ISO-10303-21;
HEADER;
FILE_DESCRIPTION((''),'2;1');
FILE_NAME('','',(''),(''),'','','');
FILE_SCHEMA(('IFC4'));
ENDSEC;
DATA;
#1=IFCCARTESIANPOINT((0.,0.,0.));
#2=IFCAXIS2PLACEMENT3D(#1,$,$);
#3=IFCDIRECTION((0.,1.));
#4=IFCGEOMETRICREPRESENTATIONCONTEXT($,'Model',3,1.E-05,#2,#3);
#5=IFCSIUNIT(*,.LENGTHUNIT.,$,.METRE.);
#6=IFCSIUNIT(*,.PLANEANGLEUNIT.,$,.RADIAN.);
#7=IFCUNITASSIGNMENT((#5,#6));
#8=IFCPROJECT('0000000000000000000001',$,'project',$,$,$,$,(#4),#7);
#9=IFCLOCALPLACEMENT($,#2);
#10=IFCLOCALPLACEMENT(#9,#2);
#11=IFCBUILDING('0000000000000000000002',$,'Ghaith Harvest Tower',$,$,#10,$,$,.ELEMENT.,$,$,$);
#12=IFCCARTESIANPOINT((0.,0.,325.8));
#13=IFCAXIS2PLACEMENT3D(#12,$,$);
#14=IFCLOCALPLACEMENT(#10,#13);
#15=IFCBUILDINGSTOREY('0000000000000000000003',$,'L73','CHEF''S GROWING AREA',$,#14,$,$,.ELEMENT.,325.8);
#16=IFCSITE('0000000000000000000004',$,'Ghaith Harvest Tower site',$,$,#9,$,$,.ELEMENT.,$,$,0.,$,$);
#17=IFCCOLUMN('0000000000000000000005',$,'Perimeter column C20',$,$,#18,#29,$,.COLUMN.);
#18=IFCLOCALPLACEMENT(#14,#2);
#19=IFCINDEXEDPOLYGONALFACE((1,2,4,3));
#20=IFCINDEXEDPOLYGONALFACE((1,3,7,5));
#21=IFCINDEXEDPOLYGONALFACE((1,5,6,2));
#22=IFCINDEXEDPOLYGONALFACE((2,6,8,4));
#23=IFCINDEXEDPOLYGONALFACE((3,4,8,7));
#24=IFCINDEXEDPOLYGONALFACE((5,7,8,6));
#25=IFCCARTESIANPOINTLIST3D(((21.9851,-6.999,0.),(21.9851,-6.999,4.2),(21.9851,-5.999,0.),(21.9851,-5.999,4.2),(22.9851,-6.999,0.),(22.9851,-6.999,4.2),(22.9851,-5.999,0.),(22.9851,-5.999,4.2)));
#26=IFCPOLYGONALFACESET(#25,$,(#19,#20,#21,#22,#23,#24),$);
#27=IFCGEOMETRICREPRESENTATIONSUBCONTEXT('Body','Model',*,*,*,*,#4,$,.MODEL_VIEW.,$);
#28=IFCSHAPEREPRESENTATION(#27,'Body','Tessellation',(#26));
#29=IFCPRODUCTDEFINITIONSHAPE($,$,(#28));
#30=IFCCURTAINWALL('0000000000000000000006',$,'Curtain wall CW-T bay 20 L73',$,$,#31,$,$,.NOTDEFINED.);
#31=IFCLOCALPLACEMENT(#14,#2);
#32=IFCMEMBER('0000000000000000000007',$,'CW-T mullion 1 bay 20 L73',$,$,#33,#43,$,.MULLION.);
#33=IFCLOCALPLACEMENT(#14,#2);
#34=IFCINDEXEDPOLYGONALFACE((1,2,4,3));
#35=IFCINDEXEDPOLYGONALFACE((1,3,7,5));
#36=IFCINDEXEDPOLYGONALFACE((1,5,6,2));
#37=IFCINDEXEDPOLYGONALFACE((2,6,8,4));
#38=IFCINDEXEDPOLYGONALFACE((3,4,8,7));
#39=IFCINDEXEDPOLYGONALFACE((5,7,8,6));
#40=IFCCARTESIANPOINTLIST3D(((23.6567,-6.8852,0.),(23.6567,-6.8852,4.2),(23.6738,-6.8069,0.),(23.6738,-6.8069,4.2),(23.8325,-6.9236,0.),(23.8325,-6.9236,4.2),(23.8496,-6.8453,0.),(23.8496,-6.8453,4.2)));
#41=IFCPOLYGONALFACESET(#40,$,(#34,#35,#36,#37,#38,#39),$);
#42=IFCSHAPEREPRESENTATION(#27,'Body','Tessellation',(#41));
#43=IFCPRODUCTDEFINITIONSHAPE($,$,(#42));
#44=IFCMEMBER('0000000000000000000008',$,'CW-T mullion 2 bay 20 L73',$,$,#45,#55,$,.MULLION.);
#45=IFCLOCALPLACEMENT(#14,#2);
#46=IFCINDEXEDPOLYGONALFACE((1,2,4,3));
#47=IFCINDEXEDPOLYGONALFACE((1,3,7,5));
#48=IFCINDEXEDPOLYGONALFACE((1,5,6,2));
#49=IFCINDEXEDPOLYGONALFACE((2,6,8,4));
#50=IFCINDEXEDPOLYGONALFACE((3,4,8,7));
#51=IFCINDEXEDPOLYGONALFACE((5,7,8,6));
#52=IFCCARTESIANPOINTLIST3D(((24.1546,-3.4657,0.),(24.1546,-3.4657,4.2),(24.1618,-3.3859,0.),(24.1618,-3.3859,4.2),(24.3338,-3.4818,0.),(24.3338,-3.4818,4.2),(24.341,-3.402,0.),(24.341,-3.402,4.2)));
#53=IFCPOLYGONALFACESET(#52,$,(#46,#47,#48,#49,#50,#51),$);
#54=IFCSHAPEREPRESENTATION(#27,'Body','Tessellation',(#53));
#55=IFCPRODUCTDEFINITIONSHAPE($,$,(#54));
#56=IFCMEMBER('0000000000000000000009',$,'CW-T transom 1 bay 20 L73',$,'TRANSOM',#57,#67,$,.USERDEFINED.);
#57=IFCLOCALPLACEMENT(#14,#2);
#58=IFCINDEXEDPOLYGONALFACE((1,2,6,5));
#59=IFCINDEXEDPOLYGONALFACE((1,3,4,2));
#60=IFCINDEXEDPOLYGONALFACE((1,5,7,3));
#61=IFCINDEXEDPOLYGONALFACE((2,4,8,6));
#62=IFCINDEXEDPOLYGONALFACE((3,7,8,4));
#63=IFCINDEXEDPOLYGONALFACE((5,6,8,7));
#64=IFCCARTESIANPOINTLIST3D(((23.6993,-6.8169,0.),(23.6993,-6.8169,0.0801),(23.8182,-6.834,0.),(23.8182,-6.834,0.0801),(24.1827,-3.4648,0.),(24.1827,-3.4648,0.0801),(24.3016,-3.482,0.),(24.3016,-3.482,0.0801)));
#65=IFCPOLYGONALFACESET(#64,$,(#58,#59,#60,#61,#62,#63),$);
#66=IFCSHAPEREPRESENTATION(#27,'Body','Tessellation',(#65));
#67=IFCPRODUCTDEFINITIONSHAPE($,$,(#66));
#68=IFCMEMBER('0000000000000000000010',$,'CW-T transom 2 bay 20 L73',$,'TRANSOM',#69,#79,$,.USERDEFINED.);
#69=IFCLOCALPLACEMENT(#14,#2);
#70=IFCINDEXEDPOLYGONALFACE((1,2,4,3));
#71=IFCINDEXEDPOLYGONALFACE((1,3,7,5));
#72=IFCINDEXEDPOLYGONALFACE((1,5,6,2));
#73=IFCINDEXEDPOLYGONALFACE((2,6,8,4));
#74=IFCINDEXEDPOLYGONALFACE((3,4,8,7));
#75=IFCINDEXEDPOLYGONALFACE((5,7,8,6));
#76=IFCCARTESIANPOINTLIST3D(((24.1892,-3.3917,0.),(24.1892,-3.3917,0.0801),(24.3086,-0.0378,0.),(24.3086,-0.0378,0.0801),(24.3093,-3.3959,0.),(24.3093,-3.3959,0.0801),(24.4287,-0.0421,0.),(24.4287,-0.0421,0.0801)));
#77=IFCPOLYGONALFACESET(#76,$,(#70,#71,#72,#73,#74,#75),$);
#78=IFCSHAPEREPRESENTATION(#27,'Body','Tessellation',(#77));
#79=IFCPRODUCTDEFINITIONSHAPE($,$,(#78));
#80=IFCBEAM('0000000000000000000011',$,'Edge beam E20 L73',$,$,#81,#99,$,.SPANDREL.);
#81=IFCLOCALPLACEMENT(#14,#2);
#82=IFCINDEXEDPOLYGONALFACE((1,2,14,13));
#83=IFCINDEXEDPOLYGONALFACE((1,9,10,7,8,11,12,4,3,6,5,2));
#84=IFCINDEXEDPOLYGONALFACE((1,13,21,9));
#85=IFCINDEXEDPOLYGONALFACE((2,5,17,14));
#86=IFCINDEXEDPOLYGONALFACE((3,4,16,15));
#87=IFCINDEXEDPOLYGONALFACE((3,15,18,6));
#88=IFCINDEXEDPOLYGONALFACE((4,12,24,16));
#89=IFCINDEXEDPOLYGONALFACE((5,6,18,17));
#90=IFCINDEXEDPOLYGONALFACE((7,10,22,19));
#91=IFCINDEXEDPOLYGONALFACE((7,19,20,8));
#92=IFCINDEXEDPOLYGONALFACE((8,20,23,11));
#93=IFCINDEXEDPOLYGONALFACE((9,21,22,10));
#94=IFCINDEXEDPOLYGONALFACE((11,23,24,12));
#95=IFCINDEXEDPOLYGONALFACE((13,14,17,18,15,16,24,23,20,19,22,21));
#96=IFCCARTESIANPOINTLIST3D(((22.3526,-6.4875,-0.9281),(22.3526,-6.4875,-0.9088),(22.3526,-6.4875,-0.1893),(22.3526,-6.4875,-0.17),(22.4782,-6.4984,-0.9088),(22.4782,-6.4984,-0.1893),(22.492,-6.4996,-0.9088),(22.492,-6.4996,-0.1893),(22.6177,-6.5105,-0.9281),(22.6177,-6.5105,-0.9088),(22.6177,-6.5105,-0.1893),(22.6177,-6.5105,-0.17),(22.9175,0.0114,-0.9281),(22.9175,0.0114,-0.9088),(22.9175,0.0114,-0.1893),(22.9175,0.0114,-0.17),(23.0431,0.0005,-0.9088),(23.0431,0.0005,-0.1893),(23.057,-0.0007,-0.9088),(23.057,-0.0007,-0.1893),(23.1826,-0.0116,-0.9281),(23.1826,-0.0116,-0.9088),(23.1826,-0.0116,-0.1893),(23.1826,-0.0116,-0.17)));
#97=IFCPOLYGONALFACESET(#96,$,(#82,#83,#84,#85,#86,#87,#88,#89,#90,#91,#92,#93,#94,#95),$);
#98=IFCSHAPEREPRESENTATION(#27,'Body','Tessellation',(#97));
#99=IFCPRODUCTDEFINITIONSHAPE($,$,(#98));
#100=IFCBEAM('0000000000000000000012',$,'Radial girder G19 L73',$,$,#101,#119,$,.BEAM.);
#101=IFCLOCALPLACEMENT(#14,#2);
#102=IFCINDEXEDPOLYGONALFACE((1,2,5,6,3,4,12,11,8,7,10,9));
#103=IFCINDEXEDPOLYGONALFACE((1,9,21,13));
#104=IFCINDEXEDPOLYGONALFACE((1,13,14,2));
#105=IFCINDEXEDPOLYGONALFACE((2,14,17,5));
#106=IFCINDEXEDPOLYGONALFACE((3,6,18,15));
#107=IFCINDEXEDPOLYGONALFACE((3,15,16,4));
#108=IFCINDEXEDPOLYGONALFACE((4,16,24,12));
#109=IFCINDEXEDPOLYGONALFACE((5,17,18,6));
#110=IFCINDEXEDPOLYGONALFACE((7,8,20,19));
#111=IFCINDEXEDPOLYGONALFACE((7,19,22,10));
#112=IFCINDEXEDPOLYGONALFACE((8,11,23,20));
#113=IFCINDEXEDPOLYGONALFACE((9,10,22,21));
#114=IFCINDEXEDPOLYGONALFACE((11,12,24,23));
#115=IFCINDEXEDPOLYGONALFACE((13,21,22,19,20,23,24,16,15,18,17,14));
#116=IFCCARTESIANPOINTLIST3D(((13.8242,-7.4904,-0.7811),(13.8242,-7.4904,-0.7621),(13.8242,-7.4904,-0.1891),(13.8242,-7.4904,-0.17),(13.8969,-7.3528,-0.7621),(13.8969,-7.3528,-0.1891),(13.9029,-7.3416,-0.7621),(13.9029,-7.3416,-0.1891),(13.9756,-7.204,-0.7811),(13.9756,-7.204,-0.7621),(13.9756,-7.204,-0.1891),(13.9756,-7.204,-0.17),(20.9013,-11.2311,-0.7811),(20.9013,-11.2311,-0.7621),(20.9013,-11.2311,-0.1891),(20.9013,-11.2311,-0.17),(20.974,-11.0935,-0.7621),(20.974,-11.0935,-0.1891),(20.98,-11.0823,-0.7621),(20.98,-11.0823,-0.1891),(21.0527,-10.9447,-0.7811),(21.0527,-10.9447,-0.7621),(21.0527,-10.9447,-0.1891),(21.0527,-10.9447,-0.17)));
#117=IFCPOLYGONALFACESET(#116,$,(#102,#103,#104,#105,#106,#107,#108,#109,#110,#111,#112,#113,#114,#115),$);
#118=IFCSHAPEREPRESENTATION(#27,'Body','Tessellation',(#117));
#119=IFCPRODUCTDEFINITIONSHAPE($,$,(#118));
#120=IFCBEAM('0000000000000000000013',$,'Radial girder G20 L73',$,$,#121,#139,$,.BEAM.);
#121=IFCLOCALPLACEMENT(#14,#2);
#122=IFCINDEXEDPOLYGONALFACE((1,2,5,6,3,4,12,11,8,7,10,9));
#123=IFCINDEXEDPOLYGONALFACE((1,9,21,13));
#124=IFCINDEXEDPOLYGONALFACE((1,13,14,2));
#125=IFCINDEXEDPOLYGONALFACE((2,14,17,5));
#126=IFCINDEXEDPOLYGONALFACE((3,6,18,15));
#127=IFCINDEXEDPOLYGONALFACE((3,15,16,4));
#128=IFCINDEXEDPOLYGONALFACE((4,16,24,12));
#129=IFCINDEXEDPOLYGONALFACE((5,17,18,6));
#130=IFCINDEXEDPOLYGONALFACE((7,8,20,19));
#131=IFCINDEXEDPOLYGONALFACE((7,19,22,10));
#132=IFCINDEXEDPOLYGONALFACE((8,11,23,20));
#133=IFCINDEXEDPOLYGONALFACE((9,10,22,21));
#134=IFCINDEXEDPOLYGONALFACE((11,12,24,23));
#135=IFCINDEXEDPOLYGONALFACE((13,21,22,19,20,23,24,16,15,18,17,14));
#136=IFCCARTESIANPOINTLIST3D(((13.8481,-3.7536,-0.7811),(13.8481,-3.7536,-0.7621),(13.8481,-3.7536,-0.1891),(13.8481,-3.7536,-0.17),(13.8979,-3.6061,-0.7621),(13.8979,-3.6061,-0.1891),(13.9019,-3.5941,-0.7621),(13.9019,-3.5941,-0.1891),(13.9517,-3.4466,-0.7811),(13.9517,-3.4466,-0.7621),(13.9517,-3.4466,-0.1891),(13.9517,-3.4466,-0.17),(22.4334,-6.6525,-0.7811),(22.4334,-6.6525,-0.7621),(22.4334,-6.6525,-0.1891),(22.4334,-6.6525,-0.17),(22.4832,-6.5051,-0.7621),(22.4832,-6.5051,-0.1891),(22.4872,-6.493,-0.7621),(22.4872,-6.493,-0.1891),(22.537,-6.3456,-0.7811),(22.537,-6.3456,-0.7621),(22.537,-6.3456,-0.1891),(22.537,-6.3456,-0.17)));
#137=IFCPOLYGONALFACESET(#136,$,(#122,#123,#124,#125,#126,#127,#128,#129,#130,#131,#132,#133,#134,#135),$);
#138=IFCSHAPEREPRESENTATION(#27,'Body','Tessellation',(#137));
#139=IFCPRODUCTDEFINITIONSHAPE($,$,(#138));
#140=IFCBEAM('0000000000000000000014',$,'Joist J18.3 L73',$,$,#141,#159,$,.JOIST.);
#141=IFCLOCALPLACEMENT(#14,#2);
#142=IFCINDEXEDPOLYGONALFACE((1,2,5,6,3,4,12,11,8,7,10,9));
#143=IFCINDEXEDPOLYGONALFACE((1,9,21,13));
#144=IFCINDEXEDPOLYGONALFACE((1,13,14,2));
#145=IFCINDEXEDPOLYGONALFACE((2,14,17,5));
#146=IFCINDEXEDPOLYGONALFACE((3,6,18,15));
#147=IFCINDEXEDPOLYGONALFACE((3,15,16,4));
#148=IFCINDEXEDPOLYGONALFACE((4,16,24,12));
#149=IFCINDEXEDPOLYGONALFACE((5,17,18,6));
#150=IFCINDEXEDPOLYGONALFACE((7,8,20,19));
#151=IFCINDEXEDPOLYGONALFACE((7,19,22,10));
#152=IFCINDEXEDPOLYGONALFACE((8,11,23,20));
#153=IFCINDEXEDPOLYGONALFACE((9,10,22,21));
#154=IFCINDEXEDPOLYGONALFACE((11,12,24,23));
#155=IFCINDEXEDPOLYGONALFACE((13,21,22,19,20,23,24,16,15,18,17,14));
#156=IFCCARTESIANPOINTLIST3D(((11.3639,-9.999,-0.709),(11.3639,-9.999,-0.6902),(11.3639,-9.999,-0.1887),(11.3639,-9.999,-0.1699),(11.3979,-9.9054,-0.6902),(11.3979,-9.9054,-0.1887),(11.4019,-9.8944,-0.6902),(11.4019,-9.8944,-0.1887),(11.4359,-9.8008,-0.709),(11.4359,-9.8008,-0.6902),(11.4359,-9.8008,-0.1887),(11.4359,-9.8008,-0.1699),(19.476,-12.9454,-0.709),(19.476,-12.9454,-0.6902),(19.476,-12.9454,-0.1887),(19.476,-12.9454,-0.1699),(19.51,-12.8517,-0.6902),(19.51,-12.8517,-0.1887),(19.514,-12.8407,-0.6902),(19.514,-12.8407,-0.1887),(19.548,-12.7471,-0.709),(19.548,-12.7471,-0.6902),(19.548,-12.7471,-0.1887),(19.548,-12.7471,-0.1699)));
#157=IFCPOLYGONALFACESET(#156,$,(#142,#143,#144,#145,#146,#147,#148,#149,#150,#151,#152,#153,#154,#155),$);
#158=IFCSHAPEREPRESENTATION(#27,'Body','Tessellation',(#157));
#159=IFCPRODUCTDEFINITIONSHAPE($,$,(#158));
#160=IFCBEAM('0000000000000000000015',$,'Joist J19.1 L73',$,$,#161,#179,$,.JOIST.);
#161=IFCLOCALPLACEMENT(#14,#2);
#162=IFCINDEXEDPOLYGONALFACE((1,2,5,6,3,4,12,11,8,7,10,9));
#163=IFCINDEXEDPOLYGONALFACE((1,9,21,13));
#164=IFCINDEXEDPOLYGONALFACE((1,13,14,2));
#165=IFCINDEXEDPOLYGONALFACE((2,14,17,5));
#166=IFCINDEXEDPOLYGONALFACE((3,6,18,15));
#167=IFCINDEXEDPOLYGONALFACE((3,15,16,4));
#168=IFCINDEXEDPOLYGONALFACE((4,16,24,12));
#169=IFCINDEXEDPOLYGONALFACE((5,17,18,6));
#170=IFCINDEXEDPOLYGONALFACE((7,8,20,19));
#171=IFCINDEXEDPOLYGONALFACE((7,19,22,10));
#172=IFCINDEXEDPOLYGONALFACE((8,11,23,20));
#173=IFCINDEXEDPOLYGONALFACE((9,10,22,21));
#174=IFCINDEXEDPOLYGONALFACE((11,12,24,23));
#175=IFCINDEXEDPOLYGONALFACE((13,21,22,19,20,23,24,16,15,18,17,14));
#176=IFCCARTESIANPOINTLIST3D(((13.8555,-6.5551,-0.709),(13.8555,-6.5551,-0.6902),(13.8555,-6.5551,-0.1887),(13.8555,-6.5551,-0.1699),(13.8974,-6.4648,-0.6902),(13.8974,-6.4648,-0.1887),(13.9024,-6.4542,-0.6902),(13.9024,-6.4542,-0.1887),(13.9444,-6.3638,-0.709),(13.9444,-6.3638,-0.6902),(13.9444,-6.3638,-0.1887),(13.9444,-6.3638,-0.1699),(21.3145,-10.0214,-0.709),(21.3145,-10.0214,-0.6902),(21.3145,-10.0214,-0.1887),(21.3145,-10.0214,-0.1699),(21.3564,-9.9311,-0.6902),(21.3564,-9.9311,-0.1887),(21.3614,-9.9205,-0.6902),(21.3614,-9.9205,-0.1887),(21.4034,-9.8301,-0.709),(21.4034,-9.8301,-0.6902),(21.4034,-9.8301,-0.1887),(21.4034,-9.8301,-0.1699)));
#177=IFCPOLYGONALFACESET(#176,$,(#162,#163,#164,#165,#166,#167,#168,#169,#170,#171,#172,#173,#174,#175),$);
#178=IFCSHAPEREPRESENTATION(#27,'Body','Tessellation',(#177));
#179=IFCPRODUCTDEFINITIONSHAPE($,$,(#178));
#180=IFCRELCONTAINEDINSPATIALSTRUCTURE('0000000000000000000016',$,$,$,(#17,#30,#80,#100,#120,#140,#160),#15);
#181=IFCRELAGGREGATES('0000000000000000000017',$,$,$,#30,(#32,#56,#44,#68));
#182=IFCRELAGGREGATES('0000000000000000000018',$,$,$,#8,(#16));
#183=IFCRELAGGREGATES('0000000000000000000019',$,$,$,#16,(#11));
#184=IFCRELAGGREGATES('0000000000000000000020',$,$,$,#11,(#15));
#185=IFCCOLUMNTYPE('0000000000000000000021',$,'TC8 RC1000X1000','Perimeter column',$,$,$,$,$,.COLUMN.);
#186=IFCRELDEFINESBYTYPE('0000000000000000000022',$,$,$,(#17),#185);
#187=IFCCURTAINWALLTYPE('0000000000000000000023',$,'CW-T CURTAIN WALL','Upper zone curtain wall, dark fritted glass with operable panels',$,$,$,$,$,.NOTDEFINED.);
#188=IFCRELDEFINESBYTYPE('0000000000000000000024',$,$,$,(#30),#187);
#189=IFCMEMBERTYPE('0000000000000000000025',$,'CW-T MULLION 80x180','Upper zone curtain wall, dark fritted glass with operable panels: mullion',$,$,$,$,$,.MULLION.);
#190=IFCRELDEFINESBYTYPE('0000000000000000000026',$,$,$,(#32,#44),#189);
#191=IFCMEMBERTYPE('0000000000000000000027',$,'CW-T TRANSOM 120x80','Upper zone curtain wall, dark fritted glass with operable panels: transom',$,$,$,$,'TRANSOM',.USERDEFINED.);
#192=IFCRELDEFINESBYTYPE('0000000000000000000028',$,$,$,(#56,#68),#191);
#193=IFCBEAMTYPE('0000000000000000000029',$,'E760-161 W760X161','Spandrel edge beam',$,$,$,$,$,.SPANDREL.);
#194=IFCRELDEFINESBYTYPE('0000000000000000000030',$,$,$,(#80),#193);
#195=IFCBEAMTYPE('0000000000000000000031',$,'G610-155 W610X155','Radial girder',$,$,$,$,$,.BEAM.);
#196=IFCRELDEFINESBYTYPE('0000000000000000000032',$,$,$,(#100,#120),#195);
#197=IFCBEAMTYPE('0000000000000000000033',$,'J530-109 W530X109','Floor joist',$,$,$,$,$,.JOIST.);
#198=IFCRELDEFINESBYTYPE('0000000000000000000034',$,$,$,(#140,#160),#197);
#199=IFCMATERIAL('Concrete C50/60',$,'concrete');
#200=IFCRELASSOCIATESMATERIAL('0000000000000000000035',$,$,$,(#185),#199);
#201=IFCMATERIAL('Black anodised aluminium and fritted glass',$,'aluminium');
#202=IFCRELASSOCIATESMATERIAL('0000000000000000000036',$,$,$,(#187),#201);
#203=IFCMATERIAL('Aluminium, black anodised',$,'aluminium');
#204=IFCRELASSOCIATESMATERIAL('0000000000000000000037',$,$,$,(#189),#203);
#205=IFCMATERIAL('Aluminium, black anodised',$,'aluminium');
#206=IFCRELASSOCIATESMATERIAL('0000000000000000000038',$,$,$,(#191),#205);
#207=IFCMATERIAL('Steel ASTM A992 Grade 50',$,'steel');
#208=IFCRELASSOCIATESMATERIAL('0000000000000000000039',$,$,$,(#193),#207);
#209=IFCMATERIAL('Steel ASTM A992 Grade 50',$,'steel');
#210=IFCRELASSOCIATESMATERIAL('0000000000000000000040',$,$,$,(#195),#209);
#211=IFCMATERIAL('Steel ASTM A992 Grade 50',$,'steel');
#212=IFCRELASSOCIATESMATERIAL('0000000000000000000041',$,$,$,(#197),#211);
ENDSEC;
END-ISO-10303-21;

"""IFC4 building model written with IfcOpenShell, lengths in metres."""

from ifc_helpers import new_model, si_unit, direction, frame, origin, origin_2d, place, context, subcontext, project, spatial, rectangle, i_section, extrude, material, material_profile, profile_set, type_object, element, aggregate, save


model = new_model("IFC4")

# Units and contexts
model_context = context("Model", 3, precision=1e-05, world=origin(), true_north=direction((0.0, 1.0)))
body_context = subcontext(model_context, "Body", "Model", "MODEL_VIEW")
ifc_project = project(units=[si_unit("LENGTHUNIT", "METRE"), si_unit("PLANEANGLEUNIT", "RADIAN")], contexts=[model_context])

# Site, building, storey
site_placement = place(None, origin())
site = spatial("IfcSite", under=ifc_project, at=site_placement, Name="Ghaith Harvest Tower site", CompositionType="ELEMENT", RefElevation=0.0)
building_placement = place(site_placement, origin())
building = spatial("IfcBuilding", under=site, at=building_placement, Name="Ghaith Harvest Tower", CompositionType="ELEMENT")
storey_placement = place(building_placement, frame((0.0, 0.0, 325.8)))
storey = spatial("IfcBuildingStorey", under=building, at=storey_placement, Name="L73", Description="CHEF'S GROWING AREA", CompositionType="ELEMENT", Elevation=325.8)

# Column
ifc_material_1 = material(Name="Concrete C50/60", Category="concrete")
ifc_material_profile_1 = material_profile(ifc_material_1, rectangle(XDim=1.0, YDim=1.0, at=origin_2d()), Name="RC1000X1000")
ifc_profile_set_1 = profile_set([ifc_material_profile_1], Name="Concrete C50/60")
column_type = type_object("IfcColumnType", Name="TC8 RC1000X1000", Description="Perimeter column", PredefinedType="COLUMN", material=ifc_profile_set_1)
column_placement = place(storey_placement, frame((22.4851, -6.499, 0.0), z_axis=(0.0, 0.0, 1.0), x_axis=(1.0, 0.0, 0.0)))
element("IfcColumn", 1, at=column_placement, inside=storey, type_object=column_type, Name="Perimeter column C20", PredefinedType="COLUMN", context=body_context, shape_type="SweptSolid", body=[
    extrude(rectangle(XDim=1.0, YDim=1.0, at=origin_2d()), origin(), (0.0, 0.0, 1.0), 4.2),
])

# Curtain wall, members
ifc_material_2 = material(Name="Black anodised aluminium and fritted glass", Category="aluminium")
curtain_wall_type = type_object("IfcCurtainWallType", Name="CW-T CURTAIN WALL", Description="Upper zone curtain wall, dark fritted glass with operable panels", PredefinedType="NOTDEFINED", material=ifc_material_2)
curtain_wall_1_placement = place(storey_placement, origin())
curtain_wall_1 = element("IfcCurtainWall", 2, at=curtain_wall_1_placement, inside=storey, type_object=curtain_wall_type, Name="Curtain wall CW-T bay 20 L73", PredefinedType="NOTDEFINED")
ifc_material_3 = material(Name="Aluminium, black anodised", Category="aluminium")
ifc_material_profile_2 = material_profile(ifc_material_3, rectangle(XDim=0.0801, YDim=0.1799, at=origin_2d()), Name="CW-T MULLION 80x180")
ifc_profile_set_2 = profile_set([ifc_material_profile_2], Name="Aluminium, black anodised")
member_type_1 = type_object("IfcMemberType", Name="CW-T MULLION 80x180", Description="Upper zone curtain wall, dark fritted glass with operable panels: mullion", PredefinedType="MULLION", material=ifc_profile_set_2)
member_1_placement = place(storey_placement, frame((23.7532, -6.8652, 0.0), z_axis=(0.0, 0.0, 1.0), x_axis=(0.213402, 0.976964, 0.0)))
member_1 = element("IfcMember", 3, at=member_1_placement, type_object=member_type_1, Name="CW-T mullion 1 bay 20 L73", PredefinedType="MULLION", context=body_context, shape_type="SweptSolid", body=[
    extrude(rectangle(XDim=0.0801, YDim=0.1799, at=origin_2d()), origin(), (0.0, 0.0, 1.0), 4.2),
])
member_2_placement = place(storey_placement, frame((24.2478, -3.4338, 0.0), z_axis=(0.0, 0.0, 1.0), x_axis=(0.089502, 0.995987, 0.0)))
member_2 = element("IfcMember", 4, at=member_2_placement, type_object=member_type_1, Name="CW-T mullion 2 bay 20 L73", PredefinedType="MULLION", context=body_context, shape_type="SweptSolid", body=[
    extrude(rectangle(XDim=0.0801, YDim=0.1799, at=origin_2d()), origin(), (0.0, 0.0, 1.0), 4.2),
])
ifc_material_4 = material(Name="Aluminium, black anodised", Category="aluminium")
ifc_material_profile_3 = material_profile(ifc_material_4, rectangle(XDim=0.1201, YDim=0.0801, at=origin_2d()), Name="CW-T TRANSOM 120x80")
ifc_profile_set_3 = profile_set([ifc_material_profile_3], Name="Aluminium, black anodised")
member_type_2 = type_object("IfcMemberType", Name="CW-T TRANSOM 120x80", Description="Upper zone curtain wall, dark fritted glass with operable panels: transom", ElementType="TRANSOM", PredefinedType="USERDEFINED", material=ifc_profile_set_3)
member_3_placement = place(storey_placement, frame((23.7588, -6.8254, 0.04), z_axis=(0.142733, 0.989761, 0.0), x_axis=(-0.989761, 0.142733, 0.0)))
member_3 = element("IfcMember", 5, at=member_3_placement, type_object=member_type_2, Name="CW-T transom 1 bay 20 L73", ObjectType="TRANSOM", PredefinedType="USERDEFINED", context=body_context, shape_type="SweptSolid", body=[
    extrude(rectangle(XDim=0.1201, YDim=0.0801, at=origin_2d()), origin(), (0.0, 0.0, 1.0), 3.3867),
])
member_4_placement = place(storey_placement, frame((24.2493, -3.3938, 0.04), z_axis=(0.035575, 0.999367, 0.0), x_axis=(-0.999367, 0.035575, 0.0)))
member_4 = element("IfcMember", 6, at=member_4_placement, type_object=member_type_2, Name="CW-T transom 2 bay 20 L73", ObjectType="TRANSOM", PredefinedType="USERDEFINED", context=body_context, shape_type="SweptSolid", body=[
    extrude(rectangle(XDim=0.1201, YDim=0.0801, at=origin_2d()), origin(), (0.0, 0.0, 1.0), 3.356),
])

# Beams
ifc_material_5 = material(Name="Steel ASTM A992 Grade 50", Category="steel")
ifc_material_profile_4 = material_profile(ifc_material_5, i_section(OverallWidth=0.2661, OverallDepth=0.7581, WebThickness=0.0139, FlangeThickness=0.0193, at=origin_2d()), Name="W760X161")
ifc_profile_set_4 = profile_set([ifc_material_profile_4], Name="Steel ASTM A992 Grade 50")
beam_type_1 = type_object("IfcBeamType", Name="E760-161 W760X161", Description="Spandrel edge beam", PredefinedType="SPANDREL", material=ifc_profile_set_4)
beam_1_placement = place(storey_placement, frame((22.4851, -6.499, -0.5491), z_axis=(0.086601, 0.996243, 0.0), x_axis=(-0.996243, 0.086601, 0.0)))
element("IfcBeam", 7, at=beam_1_placement, inside=storey, type_object=beam_type_1, Name="Edge beam E20 L73", PredefinedType="SPANDREL", context=body_context, shape_type="SweptSolid", body=[
    extrude(i_section(OverallWidth=0.2661, OverallDepth=0.7581, WebThickness=0.0139, FlangeThickness=0.0193, at=origin_2d()), origin(), (0.0, 0.0, 1.0), 6.5234),
])
ifc_material_6 = material(Name="Steel ASTM A992 Grade 50", Category="steel")
ifc_material_profile_5 = material_profile(ifc_material_6, i_section(OverallWidth=0.324, OverallDepth=0.6111, WebThickness=0.0127, FlangeThickness=0.019, at=origin_2d()), Name="W610X155")
ifc_profile_set_5 = profile_set([ifc_material_profile_5], Name="Steel ASTM A992 Grade 50")
beam_type_2 = type_object("IfcBeamType", Name="G610-155 W610X155", Description="Radial girder", PredefinedType="BEAM", material=ifc_profile_set_5)
beam_2_placement = place(storey_placement, frame((13.8999, -7.3472, -0.4756), z_axis=(0.884098, -0.467302, 0.0), x_axis=(0.467302, 0.884098, 0.0)))
element("IfcBeam", 8, at=beam_2_placement, inside=storey, type_object=beam_type_2, Name="Radial girder G19 L73", PredefinedType="BEAM", context=body_context, shape_type="SweptSolid", body=[
    extrude(i_section(OverallWidth=0.324, OverallDepth=0.6111, WebThickness=0.0127, FlangeThickness=0.019, at=origin_2d()), origin(), (0.0, 0.0, 1.0), 8.0049),
])
beam_3_placement = place(storey_placement, frame((13.8999, -3.6001, -0.4756), z_axis=(0.947445, -0.319919, 0.0), x_axis=(0.319919, 0.947445, 0.0)))
element("IfcBeam", 9, at=beam_3_placement, inside=storey, type_object=beam_type_2, Name="Radial girder G20 L73", PredefinedType="BEAM", context=body_context, shape_type="SweptSolid", body=[
    extrude(i_section(OverallWidth=0.324, OverallDepth=0.6111, WebThickness=0.0127, FlangeThickness=0.019, at=origin_2d()), origin(), (0.0, 0.0, 1.0), 9.0615),
])
ifc_material_7 = material(Name="Steel ASTM A992 Grade 50", Category="steel")
ifc_material_profile_6 = material_profile(ifc_material_7, i_section(OverallWidth=0.2109, OverallDepth=0.5391, WebThickness=0.0117, FlangeThickness=0.0188, at=origin_2d()), Name="W530X109")
ifc_profile_set_6 = profile_set([ifc_material_profile_6], Name="Steel ASTM A992 Grade 50")
beam_type_3 = type_object("IfcBeamType", Name="J530-109 W530X109", Description="Floor joist", PredefinedType="JOIST", material=ifc_profile_set_6)
beam_4_placement = place(storey_placement, frame((11.3999, -9.8999, -0.4395), z_axis=(0.939926, -0.34138, 0.0), x_axis=(0.34138, 0.939926, 0.0)))
element("IfcBeam", 10, at=beam_4_placement, inside=storey, type_object=beam_type_3, Name="Joist J18.3 L73", PredefinedType="JOIST", context=body_context, shape_type="SweptSolid", body=[
    extrude(i_section(OverallWidth=0.2109, OverallDepth=0.5391, WebThickness=0.0117, FlangeThickness=0.0188, at=origin_2d()), origin(), (0.0, 0.0, 1.0), 8.6306),
])
beam_5_placement = place(storey_placement, frame((13.8999, -6.4595, -0.4395), z_axis=(0.90686, -0.421432, 0.0), x_axis=(0.421432, 0.90686, 0.0)))
element("IfcBeam", 11, at=beam_5_placement, inside=storey, type_object=beam_type_3, Name="Joist J19.1 L73", PredefinedType="JOIST", context=body_context, shape_type="SweptSolid", body=[
    extrude(i_section(OverallWidth=0.2109, OverallDepth=0.5391, WebThickness=0.0117, FlangeThickness=0.0188, at=origin_2d()), origin(), (0.0, 0.0, 1.0), 8.2251),
])

aggregate(curtain_wall_1, [member_1, member_3, member_2, member_4])

save(model, "model.ifc")
